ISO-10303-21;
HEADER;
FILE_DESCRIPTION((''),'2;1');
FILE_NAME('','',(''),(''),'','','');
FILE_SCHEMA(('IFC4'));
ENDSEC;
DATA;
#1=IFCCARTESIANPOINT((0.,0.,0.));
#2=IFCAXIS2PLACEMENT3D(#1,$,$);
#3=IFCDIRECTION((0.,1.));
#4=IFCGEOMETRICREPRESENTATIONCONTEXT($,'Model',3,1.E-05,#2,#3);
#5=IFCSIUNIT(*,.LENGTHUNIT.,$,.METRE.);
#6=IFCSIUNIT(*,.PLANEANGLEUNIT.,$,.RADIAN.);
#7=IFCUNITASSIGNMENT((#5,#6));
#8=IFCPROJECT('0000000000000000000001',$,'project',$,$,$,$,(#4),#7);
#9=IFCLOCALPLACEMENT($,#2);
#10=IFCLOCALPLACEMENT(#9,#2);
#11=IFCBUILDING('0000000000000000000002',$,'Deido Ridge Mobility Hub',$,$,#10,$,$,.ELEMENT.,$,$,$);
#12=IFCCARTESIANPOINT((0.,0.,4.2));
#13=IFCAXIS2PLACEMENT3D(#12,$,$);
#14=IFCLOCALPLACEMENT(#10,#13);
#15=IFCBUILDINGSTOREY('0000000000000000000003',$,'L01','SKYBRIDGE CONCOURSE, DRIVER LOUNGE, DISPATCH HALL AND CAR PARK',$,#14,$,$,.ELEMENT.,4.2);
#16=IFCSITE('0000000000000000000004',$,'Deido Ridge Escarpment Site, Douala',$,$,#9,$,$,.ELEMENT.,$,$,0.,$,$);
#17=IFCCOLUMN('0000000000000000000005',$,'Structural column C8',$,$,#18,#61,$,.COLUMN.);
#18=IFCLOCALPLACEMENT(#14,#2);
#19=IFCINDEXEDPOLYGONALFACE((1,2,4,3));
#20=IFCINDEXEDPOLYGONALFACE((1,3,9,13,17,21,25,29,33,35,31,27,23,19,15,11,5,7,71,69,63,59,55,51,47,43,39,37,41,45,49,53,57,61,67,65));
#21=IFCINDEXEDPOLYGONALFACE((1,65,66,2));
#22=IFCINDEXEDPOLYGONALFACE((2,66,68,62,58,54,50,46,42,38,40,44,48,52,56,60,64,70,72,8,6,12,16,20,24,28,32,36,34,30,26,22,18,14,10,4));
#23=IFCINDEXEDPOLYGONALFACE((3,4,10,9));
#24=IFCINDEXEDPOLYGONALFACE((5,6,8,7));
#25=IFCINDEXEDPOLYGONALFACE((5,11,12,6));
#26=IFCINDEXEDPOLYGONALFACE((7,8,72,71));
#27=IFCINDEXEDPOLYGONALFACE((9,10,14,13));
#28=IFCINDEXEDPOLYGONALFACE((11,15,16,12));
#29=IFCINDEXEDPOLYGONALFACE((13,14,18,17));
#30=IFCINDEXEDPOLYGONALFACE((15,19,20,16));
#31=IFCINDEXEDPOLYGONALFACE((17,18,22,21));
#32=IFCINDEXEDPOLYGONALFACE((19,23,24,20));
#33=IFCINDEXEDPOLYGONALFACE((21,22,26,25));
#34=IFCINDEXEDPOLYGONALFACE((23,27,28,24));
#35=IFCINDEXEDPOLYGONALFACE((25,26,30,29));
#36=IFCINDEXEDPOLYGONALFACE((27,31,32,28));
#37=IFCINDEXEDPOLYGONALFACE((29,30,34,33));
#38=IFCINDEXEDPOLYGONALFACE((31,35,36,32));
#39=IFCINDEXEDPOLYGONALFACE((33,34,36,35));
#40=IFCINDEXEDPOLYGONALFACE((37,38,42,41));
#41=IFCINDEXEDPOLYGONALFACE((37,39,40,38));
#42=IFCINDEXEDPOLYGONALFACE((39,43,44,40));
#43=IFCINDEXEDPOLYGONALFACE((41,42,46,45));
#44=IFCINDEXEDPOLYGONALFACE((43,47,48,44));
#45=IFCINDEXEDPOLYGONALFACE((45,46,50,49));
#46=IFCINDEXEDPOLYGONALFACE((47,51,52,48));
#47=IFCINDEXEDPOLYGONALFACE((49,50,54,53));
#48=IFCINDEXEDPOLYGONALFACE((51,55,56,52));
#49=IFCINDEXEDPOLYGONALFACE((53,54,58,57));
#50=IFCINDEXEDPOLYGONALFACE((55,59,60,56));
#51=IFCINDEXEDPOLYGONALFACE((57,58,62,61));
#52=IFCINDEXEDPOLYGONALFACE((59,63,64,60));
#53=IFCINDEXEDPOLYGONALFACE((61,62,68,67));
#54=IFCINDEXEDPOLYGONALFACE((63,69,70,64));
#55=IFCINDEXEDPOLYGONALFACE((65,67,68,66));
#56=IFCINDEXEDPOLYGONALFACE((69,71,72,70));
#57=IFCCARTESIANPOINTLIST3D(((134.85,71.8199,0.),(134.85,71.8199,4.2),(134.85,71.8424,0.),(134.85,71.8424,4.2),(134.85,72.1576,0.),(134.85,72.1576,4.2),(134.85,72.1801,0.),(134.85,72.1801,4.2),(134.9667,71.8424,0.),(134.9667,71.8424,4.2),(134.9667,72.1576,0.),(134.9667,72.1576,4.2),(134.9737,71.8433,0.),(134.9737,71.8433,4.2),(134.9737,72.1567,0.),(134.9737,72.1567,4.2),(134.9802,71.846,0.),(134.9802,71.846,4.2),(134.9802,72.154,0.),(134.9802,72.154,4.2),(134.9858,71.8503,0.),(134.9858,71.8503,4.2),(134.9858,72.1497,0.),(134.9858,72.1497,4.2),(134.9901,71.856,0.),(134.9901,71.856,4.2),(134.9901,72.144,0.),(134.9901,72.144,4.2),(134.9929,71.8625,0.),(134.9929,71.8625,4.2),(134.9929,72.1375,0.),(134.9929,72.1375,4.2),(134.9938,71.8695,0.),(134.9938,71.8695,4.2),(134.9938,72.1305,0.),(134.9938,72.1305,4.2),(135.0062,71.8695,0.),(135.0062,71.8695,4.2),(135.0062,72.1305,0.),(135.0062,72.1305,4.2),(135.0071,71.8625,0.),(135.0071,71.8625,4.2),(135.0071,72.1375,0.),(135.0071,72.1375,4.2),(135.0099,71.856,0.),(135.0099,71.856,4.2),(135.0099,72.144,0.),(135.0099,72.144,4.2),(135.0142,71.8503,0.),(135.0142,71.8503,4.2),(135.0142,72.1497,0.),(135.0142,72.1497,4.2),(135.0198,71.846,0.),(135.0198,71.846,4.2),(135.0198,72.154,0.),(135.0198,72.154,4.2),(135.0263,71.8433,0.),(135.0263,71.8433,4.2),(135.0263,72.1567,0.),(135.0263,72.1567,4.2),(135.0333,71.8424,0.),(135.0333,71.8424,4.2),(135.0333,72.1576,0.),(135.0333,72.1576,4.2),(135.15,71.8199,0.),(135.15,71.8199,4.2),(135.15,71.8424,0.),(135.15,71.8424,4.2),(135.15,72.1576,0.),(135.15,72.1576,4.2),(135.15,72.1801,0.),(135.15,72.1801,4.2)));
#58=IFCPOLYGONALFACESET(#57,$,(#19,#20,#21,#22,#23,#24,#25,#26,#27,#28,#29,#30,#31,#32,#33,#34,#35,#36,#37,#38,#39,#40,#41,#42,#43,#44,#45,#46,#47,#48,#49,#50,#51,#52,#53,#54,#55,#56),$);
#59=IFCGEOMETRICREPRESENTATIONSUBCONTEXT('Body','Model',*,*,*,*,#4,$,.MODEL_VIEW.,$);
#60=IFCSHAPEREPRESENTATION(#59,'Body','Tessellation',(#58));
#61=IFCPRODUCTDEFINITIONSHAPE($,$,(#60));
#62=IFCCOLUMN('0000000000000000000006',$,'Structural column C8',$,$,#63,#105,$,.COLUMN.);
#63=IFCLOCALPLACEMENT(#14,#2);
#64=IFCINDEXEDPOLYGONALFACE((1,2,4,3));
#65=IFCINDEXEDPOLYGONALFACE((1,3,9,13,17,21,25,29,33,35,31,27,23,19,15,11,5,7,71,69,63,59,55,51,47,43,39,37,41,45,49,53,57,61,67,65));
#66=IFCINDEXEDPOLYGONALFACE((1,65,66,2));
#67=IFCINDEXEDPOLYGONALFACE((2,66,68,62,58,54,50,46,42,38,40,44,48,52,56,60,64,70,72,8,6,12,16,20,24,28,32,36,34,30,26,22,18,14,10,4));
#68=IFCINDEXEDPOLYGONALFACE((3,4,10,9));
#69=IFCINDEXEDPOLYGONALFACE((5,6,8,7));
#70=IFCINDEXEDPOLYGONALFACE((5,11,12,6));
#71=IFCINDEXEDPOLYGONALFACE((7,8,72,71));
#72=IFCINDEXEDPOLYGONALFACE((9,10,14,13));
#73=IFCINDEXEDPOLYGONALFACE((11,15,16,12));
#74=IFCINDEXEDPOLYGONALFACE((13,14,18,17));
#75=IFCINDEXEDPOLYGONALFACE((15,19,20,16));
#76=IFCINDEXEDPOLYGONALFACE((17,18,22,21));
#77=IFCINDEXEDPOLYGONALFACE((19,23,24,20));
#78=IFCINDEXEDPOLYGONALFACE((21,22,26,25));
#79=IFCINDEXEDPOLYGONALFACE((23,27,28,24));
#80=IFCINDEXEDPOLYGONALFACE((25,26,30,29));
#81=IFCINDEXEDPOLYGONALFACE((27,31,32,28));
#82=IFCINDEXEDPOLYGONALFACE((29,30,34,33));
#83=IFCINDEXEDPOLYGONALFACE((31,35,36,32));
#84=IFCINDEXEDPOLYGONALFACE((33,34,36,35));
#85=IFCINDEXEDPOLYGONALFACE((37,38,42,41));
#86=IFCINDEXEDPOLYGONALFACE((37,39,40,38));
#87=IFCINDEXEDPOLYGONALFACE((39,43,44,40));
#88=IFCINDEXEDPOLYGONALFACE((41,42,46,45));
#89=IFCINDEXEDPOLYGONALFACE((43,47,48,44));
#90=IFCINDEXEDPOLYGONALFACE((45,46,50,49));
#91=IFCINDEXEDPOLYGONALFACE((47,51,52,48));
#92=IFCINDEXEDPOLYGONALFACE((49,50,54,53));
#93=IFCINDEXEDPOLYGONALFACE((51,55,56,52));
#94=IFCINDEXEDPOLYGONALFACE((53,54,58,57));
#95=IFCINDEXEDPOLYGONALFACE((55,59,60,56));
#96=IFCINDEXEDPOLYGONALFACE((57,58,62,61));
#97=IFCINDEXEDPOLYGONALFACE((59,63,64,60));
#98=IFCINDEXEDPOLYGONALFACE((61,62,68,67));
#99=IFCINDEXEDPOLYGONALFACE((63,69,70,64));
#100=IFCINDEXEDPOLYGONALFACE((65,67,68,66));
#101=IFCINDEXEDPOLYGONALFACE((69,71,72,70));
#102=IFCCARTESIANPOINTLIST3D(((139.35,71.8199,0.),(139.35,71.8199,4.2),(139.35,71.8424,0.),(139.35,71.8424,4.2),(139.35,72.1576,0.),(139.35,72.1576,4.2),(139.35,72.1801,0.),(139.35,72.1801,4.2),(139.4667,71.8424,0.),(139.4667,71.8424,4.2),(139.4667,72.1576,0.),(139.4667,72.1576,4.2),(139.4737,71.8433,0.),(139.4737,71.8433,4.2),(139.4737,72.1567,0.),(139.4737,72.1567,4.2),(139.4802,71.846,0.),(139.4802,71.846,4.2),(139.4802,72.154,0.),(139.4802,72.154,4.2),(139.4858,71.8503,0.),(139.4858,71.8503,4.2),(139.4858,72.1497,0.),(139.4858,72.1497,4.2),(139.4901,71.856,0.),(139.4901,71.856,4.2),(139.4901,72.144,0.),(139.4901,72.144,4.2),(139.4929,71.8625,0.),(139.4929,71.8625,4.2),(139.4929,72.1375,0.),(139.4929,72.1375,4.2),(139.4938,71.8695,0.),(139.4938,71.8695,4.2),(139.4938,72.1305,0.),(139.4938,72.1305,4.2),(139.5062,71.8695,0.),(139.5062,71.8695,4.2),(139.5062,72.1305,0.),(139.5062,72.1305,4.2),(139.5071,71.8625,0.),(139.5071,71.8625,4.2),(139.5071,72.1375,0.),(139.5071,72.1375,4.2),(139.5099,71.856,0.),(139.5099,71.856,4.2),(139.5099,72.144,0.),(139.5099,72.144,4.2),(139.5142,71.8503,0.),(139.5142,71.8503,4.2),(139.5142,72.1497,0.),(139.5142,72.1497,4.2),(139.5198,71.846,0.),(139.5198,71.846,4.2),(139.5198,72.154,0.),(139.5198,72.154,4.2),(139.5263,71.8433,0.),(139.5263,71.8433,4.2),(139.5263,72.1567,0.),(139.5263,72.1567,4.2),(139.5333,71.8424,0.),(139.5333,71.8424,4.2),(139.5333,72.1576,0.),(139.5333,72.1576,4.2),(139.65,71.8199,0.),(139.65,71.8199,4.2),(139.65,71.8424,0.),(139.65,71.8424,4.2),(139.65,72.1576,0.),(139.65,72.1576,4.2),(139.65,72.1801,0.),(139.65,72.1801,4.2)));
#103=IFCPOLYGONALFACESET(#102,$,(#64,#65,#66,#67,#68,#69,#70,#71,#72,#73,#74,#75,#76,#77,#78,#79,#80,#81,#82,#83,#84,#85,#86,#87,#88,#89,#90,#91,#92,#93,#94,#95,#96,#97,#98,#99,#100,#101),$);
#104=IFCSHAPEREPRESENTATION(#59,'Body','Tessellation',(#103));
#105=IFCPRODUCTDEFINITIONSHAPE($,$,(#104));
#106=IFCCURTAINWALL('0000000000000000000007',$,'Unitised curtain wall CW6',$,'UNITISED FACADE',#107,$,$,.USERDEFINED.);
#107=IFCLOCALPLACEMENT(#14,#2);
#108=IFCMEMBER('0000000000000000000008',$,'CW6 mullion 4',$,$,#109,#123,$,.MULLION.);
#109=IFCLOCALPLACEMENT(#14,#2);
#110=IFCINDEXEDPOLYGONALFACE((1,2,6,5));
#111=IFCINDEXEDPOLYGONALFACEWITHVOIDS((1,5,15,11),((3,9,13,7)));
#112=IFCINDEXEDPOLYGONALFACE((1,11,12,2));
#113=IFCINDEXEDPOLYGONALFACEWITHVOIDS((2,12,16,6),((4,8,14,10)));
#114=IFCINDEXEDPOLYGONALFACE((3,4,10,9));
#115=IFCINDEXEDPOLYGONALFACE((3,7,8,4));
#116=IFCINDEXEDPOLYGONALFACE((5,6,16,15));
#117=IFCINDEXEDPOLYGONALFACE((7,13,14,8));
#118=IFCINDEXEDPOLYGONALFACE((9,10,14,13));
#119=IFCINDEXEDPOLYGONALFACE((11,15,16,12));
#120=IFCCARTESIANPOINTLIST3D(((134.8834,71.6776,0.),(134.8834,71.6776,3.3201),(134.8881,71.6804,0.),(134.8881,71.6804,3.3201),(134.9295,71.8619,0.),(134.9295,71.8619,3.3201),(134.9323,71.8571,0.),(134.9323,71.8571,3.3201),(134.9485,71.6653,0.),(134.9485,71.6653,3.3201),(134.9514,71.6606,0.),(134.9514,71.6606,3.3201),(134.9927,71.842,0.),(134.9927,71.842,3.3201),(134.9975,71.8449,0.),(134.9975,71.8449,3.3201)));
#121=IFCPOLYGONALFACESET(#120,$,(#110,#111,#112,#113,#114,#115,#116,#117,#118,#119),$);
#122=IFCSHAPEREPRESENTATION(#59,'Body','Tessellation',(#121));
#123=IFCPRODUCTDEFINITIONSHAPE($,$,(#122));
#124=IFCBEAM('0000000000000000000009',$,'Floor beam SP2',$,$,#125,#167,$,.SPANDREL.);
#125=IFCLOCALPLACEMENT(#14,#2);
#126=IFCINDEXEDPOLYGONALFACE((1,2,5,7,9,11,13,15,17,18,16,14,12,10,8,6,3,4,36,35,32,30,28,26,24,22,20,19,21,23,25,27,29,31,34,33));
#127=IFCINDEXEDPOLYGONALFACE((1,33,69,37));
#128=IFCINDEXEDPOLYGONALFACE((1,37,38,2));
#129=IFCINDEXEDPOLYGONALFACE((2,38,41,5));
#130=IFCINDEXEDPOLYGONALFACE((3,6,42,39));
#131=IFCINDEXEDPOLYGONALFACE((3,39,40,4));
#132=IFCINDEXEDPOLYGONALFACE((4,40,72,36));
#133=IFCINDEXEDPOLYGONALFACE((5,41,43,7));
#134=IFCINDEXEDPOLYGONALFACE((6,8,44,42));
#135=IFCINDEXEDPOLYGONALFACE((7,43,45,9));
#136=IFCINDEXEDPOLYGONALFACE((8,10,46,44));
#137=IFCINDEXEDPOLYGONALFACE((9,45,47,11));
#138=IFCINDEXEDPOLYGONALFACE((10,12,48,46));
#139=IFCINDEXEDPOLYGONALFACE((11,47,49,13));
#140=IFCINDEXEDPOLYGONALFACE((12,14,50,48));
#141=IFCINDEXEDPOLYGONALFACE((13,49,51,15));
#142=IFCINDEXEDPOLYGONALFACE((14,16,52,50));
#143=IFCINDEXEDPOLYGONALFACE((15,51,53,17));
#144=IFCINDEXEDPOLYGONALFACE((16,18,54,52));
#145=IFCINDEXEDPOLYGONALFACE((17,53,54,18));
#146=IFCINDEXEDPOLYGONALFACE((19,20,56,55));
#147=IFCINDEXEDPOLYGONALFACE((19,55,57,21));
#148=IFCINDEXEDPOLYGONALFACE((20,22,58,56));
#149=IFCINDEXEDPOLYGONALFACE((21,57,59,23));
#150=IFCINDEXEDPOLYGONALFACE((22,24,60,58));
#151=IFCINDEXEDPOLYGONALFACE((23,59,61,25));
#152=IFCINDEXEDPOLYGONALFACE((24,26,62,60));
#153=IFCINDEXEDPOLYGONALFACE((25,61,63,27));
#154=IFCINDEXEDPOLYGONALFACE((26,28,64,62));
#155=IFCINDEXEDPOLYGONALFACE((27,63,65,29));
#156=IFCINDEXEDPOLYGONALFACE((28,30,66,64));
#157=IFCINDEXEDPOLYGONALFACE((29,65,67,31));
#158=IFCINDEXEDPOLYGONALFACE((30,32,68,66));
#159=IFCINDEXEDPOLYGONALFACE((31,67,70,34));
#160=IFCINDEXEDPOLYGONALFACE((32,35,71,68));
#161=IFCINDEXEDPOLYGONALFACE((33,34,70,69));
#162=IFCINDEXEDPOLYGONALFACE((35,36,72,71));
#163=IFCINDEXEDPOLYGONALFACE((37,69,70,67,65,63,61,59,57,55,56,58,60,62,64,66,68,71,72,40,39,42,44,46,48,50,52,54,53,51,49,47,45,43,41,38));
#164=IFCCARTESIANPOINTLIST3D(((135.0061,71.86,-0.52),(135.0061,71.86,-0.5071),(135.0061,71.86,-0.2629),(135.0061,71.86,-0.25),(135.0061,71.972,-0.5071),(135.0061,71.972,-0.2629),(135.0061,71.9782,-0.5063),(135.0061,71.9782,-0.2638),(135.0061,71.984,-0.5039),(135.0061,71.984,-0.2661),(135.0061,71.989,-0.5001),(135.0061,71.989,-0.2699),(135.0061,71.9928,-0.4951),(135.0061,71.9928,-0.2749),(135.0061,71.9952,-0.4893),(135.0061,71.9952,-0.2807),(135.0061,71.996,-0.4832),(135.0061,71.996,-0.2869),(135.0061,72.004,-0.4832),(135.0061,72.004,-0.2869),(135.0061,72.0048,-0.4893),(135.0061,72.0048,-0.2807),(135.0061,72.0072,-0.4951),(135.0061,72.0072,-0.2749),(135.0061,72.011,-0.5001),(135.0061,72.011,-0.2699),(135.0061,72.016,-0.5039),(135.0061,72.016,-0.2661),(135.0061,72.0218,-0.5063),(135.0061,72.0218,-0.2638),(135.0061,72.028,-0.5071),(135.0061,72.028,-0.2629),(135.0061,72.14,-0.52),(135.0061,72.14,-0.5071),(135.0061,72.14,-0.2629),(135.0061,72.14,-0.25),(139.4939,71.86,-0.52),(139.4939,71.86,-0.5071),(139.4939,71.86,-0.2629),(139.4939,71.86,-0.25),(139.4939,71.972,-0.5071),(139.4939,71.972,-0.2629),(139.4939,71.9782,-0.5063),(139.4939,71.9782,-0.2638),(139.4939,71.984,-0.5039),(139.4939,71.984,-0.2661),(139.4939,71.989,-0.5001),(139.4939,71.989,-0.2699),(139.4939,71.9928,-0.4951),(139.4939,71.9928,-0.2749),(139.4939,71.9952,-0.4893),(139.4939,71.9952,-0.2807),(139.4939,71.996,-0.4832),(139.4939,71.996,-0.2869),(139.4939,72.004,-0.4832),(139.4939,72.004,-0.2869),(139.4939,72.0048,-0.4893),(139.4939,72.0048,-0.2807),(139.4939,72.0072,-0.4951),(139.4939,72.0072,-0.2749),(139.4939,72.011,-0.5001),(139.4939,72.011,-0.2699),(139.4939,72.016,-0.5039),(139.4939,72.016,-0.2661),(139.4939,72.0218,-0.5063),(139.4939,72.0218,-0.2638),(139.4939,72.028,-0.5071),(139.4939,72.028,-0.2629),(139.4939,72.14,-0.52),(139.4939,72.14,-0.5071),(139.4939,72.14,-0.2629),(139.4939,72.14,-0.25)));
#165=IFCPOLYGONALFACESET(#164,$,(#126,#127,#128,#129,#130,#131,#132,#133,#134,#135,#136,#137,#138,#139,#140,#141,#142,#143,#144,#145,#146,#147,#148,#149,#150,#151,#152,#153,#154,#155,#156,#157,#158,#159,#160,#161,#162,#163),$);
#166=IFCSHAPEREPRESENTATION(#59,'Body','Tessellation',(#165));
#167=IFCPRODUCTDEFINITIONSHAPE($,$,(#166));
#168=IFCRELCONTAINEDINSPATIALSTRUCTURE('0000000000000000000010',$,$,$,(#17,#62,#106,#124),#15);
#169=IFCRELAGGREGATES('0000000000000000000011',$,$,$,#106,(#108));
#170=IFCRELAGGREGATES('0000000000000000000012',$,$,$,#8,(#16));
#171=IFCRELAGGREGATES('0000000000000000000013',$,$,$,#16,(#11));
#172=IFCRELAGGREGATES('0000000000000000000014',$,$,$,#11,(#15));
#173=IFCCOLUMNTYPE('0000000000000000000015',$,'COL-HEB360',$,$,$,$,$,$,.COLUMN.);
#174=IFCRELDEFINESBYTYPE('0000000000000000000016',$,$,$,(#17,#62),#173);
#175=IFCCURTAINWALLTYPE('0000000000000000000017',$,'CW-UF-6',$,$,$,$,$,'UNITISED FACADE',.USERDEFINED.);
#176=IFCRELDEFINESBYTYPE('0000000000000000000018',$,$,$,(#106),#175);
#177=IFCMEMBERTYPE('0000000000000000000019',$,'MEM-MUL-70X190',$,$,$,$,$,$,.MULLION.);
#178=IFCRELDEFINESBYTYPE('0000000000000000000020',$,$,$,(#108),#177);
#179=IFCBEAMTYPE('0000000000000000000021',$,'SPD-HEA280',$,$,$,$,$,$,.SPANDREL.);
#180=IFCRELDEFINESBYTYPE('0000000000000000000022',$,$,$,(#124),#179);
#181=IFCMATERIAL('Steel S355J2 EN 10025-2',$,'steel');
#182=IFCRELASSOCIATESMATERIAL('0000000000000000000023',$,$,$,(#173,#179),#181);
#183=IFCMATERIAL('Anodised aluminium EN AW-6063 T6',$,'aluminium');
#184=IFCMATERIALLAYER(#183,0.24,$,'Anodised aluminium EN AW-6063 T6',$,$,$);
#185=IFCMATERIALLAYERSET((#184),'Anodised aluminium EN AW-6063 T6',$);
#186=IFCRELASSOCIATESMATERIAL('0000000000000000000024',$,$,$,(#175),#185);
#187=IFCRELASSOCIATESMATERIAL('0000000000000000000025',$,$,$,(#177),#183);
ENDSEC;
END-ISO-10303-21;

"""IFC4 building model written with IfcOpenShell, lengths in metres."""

from ifc_helpers import new_model, si_unit, direction, frame, origin, origin_2d, place, context, subcontext, project, spatial, hollow_rectangle, i_section, extrude, material, layer, layer_set, material_profile, profile_set, type_object, element, aggregate, save


model = new_model("IFC4")

# Units and contexts
model_context = context("Model", 3, precision=1e-05, world=origin(), true_north=direction((0.0, 1.0)))
body_context = subcontext(model_context, "Body", "Model", "MODEL_VIEW")
ifc_project = project(units=[si_unit("LENGTHUNIT", "METRE"), si_unit("PLANEANGLEUNIT", "RADIAN")], contexts=[model_context])

# Site, building, storey
site_placement = place(None, origin())
site = spatial("IfcSite", under=ifc_project, at=site_placement, Name="Deido Ridge Escarpment Site, Douala", CompositionType="ELEMENT", RefElevation=0.0)
building_placement = place(site_placement, origin())
building = spatial("IfcBuilding", under=site, at=building_placement, Name="Deido Ridge Mobility Hub", CompositionType="ELEMENT")
storey_placement = place(building_placement, frame((0.0, 0.0, 4.2)))
storey = spatial("IfcBuildingStorey", under=building, at=storey_placement, Name="L01", Description="SKYBRIDGE CONCOURSE, DRIVER LOUNGE, DISPATCH HALL AND CAR PARK", CompositionType="ELEMENT", Elevation=4.2)

# Columns
ifc_material_1 = material(Name="Steel S355J2 EN 10025-2", Category="steel")
ifc_material_profile_1 = material_profile(ifc_material_1, i_section(OverallWidth=0.3, OverallDepth=0.3601, WebThickness=0.0125, FlangeThickness=0.0225, FilletRadius=0.0271, at=origin_2d()), Name="HEB 360")
ifc_profile_set_1 = profile_set([ifc_material_profile_1], Name="Steel S355J2 EN 10025-2")
column_type = type_object("IfcColumnType", Name="COL-HEB360", PredefinedType="COLUMN", material=ifc_profile_set_1)
for number, where, z_axis, x_axis, name in (
    (1, (135.0, 72.0, 0.0), (0.0, 0.0, 1.0), (1.0, 0.0, 0.0), "Structural column C8"),
    (2, (139.5, 72.0, 0.0), (0.0, 0.0, 1.0), (1.0, 0.0, 0.0), "Structural column C8"),
):
    element("IfcColumn", number, at=place(storey_placement, frame(where, z_axis=z_axis, x_axis=x_axis)), inside=storey, type_object=column_type, Name=name, PredefinedType="COLUMN", context=body_context, shape_type="SweptSolid", body=[
        extrude(i_section(OverallWidth=0.3, OverallDepth=0.3601, WebThickness=0.0125, FlangeThickness=0.0225, FilletRadius=0.0271, at=origin_2d()), origin(), (0.0, 0.0, 1.0), 4.2),
    ])

# Curtain wall, member
ifc_material_2 = material(Name="Anodised aluminium EN AW-6063 T6", Category="aluminium")
ifc_layer_1 = layer(ifc_material_2, 0.24, Name="Anodised aluminium EN AW-6063 T6")
ifc_layer_set_1 = layer_set([ifc_layer_1], Name="Anodised aluminium EN AW-6063 T6")
curtain_wall_type = type_object("IfcCurtainWallType", Name="CW-UF-6", ElementType="UNITISED FACADE", PredefinedType="USERDEFINED", material=ifc_layer_set_1)
curtain_wall_placement = place(storey_placement, origin())
curtain_wall = element("IfcCurtainWall", 3, at=curtain_wall_placement, inside=storey, type_object=curtain_wall_type, Name="Unitised curtain wall CW6", ObjectType="UNITISED FACADE", PredefinedType="USERDEFINED")
ifc_material_profile_2 = material_profile(ifc_material_2, hollow_rectangle(XDim=0.0701, YDim=0.1899, WallThickness=0.0039, at=origin_2d()), Name="RHS 70x190x4")
ifc_profile_set_2 = profile_set([ifc_material_profile_2], Name="Anodised aluminium EN AW-6063 T6")
member_type = type_object("IfcMemberType", Name="MEM-MUL-70X190", PredefinedType="MULLION", material=ifc_profile_set_2)
member_placement = place(storey_placement, frame((134.9404, 71.7612, 0.0), z_axis=(0.0, 0.0, 1.0), x_axis=(-0.970144, 0.24253, 0.0)))
member = element("IfcMember", 4, at=member_placement, type_object=member_type, Name="CW6 mullion 4", PredefinedType="MULLION", context=body_context, shape_type="SweptSolid", body=[
    extrude(hollow_rectangle(XDim=0.0701, YDim=0.1899, WallThickness=0.0039, at=origin_2d()), origin(), (0.0, 0.0, 1.0), 3.3201),
])
aggregate(curtain_wall, [member])

# Beam
ifc_material_profile_3 = material_profile(ifc_material_1, i_section(OverallWidth=0.28, OverallDepth=0.27, WebThickness=0.0081, FlangeThickness=0.0129, FilletRadius=0.0239, at=origin_2d()), Name="HEA 280")
ifc_profile_set_3 = profile_set([ifc_material_profile_3], Name="Steel S355J2 EN 10025-2")
beam_type = type_object("IfcBeamType", Name="SPD-HEA280", PredefinedType="SPANDREL", material=ifc_profile_set_3)
beam_1_placement = place(storey_placement, frame((135.0061, 72.0, -0.385), z_axis=(1.0, 0.0, 0.0), x_axis=(0.0, 1.0, 0.0)))
element("IfcBeam", 5, at=beam_1_placement, inside=storey, type_object=beam_type, Name="Floor beam SP2", PredefinedType="SPANDREL", context=body_context, shape_type="SweptSolid", body=[
    extrude(i_section(OverallWidth=0.28, OverallDepth=0.27, WebThickness=0.0081, FlangeThickness=0.0129, FilletRadius=0.0239, at=origin_2d()), origin(), (0.0, 0.0, 1.0), 4.4878),
])

save(model, "model.ifc")
